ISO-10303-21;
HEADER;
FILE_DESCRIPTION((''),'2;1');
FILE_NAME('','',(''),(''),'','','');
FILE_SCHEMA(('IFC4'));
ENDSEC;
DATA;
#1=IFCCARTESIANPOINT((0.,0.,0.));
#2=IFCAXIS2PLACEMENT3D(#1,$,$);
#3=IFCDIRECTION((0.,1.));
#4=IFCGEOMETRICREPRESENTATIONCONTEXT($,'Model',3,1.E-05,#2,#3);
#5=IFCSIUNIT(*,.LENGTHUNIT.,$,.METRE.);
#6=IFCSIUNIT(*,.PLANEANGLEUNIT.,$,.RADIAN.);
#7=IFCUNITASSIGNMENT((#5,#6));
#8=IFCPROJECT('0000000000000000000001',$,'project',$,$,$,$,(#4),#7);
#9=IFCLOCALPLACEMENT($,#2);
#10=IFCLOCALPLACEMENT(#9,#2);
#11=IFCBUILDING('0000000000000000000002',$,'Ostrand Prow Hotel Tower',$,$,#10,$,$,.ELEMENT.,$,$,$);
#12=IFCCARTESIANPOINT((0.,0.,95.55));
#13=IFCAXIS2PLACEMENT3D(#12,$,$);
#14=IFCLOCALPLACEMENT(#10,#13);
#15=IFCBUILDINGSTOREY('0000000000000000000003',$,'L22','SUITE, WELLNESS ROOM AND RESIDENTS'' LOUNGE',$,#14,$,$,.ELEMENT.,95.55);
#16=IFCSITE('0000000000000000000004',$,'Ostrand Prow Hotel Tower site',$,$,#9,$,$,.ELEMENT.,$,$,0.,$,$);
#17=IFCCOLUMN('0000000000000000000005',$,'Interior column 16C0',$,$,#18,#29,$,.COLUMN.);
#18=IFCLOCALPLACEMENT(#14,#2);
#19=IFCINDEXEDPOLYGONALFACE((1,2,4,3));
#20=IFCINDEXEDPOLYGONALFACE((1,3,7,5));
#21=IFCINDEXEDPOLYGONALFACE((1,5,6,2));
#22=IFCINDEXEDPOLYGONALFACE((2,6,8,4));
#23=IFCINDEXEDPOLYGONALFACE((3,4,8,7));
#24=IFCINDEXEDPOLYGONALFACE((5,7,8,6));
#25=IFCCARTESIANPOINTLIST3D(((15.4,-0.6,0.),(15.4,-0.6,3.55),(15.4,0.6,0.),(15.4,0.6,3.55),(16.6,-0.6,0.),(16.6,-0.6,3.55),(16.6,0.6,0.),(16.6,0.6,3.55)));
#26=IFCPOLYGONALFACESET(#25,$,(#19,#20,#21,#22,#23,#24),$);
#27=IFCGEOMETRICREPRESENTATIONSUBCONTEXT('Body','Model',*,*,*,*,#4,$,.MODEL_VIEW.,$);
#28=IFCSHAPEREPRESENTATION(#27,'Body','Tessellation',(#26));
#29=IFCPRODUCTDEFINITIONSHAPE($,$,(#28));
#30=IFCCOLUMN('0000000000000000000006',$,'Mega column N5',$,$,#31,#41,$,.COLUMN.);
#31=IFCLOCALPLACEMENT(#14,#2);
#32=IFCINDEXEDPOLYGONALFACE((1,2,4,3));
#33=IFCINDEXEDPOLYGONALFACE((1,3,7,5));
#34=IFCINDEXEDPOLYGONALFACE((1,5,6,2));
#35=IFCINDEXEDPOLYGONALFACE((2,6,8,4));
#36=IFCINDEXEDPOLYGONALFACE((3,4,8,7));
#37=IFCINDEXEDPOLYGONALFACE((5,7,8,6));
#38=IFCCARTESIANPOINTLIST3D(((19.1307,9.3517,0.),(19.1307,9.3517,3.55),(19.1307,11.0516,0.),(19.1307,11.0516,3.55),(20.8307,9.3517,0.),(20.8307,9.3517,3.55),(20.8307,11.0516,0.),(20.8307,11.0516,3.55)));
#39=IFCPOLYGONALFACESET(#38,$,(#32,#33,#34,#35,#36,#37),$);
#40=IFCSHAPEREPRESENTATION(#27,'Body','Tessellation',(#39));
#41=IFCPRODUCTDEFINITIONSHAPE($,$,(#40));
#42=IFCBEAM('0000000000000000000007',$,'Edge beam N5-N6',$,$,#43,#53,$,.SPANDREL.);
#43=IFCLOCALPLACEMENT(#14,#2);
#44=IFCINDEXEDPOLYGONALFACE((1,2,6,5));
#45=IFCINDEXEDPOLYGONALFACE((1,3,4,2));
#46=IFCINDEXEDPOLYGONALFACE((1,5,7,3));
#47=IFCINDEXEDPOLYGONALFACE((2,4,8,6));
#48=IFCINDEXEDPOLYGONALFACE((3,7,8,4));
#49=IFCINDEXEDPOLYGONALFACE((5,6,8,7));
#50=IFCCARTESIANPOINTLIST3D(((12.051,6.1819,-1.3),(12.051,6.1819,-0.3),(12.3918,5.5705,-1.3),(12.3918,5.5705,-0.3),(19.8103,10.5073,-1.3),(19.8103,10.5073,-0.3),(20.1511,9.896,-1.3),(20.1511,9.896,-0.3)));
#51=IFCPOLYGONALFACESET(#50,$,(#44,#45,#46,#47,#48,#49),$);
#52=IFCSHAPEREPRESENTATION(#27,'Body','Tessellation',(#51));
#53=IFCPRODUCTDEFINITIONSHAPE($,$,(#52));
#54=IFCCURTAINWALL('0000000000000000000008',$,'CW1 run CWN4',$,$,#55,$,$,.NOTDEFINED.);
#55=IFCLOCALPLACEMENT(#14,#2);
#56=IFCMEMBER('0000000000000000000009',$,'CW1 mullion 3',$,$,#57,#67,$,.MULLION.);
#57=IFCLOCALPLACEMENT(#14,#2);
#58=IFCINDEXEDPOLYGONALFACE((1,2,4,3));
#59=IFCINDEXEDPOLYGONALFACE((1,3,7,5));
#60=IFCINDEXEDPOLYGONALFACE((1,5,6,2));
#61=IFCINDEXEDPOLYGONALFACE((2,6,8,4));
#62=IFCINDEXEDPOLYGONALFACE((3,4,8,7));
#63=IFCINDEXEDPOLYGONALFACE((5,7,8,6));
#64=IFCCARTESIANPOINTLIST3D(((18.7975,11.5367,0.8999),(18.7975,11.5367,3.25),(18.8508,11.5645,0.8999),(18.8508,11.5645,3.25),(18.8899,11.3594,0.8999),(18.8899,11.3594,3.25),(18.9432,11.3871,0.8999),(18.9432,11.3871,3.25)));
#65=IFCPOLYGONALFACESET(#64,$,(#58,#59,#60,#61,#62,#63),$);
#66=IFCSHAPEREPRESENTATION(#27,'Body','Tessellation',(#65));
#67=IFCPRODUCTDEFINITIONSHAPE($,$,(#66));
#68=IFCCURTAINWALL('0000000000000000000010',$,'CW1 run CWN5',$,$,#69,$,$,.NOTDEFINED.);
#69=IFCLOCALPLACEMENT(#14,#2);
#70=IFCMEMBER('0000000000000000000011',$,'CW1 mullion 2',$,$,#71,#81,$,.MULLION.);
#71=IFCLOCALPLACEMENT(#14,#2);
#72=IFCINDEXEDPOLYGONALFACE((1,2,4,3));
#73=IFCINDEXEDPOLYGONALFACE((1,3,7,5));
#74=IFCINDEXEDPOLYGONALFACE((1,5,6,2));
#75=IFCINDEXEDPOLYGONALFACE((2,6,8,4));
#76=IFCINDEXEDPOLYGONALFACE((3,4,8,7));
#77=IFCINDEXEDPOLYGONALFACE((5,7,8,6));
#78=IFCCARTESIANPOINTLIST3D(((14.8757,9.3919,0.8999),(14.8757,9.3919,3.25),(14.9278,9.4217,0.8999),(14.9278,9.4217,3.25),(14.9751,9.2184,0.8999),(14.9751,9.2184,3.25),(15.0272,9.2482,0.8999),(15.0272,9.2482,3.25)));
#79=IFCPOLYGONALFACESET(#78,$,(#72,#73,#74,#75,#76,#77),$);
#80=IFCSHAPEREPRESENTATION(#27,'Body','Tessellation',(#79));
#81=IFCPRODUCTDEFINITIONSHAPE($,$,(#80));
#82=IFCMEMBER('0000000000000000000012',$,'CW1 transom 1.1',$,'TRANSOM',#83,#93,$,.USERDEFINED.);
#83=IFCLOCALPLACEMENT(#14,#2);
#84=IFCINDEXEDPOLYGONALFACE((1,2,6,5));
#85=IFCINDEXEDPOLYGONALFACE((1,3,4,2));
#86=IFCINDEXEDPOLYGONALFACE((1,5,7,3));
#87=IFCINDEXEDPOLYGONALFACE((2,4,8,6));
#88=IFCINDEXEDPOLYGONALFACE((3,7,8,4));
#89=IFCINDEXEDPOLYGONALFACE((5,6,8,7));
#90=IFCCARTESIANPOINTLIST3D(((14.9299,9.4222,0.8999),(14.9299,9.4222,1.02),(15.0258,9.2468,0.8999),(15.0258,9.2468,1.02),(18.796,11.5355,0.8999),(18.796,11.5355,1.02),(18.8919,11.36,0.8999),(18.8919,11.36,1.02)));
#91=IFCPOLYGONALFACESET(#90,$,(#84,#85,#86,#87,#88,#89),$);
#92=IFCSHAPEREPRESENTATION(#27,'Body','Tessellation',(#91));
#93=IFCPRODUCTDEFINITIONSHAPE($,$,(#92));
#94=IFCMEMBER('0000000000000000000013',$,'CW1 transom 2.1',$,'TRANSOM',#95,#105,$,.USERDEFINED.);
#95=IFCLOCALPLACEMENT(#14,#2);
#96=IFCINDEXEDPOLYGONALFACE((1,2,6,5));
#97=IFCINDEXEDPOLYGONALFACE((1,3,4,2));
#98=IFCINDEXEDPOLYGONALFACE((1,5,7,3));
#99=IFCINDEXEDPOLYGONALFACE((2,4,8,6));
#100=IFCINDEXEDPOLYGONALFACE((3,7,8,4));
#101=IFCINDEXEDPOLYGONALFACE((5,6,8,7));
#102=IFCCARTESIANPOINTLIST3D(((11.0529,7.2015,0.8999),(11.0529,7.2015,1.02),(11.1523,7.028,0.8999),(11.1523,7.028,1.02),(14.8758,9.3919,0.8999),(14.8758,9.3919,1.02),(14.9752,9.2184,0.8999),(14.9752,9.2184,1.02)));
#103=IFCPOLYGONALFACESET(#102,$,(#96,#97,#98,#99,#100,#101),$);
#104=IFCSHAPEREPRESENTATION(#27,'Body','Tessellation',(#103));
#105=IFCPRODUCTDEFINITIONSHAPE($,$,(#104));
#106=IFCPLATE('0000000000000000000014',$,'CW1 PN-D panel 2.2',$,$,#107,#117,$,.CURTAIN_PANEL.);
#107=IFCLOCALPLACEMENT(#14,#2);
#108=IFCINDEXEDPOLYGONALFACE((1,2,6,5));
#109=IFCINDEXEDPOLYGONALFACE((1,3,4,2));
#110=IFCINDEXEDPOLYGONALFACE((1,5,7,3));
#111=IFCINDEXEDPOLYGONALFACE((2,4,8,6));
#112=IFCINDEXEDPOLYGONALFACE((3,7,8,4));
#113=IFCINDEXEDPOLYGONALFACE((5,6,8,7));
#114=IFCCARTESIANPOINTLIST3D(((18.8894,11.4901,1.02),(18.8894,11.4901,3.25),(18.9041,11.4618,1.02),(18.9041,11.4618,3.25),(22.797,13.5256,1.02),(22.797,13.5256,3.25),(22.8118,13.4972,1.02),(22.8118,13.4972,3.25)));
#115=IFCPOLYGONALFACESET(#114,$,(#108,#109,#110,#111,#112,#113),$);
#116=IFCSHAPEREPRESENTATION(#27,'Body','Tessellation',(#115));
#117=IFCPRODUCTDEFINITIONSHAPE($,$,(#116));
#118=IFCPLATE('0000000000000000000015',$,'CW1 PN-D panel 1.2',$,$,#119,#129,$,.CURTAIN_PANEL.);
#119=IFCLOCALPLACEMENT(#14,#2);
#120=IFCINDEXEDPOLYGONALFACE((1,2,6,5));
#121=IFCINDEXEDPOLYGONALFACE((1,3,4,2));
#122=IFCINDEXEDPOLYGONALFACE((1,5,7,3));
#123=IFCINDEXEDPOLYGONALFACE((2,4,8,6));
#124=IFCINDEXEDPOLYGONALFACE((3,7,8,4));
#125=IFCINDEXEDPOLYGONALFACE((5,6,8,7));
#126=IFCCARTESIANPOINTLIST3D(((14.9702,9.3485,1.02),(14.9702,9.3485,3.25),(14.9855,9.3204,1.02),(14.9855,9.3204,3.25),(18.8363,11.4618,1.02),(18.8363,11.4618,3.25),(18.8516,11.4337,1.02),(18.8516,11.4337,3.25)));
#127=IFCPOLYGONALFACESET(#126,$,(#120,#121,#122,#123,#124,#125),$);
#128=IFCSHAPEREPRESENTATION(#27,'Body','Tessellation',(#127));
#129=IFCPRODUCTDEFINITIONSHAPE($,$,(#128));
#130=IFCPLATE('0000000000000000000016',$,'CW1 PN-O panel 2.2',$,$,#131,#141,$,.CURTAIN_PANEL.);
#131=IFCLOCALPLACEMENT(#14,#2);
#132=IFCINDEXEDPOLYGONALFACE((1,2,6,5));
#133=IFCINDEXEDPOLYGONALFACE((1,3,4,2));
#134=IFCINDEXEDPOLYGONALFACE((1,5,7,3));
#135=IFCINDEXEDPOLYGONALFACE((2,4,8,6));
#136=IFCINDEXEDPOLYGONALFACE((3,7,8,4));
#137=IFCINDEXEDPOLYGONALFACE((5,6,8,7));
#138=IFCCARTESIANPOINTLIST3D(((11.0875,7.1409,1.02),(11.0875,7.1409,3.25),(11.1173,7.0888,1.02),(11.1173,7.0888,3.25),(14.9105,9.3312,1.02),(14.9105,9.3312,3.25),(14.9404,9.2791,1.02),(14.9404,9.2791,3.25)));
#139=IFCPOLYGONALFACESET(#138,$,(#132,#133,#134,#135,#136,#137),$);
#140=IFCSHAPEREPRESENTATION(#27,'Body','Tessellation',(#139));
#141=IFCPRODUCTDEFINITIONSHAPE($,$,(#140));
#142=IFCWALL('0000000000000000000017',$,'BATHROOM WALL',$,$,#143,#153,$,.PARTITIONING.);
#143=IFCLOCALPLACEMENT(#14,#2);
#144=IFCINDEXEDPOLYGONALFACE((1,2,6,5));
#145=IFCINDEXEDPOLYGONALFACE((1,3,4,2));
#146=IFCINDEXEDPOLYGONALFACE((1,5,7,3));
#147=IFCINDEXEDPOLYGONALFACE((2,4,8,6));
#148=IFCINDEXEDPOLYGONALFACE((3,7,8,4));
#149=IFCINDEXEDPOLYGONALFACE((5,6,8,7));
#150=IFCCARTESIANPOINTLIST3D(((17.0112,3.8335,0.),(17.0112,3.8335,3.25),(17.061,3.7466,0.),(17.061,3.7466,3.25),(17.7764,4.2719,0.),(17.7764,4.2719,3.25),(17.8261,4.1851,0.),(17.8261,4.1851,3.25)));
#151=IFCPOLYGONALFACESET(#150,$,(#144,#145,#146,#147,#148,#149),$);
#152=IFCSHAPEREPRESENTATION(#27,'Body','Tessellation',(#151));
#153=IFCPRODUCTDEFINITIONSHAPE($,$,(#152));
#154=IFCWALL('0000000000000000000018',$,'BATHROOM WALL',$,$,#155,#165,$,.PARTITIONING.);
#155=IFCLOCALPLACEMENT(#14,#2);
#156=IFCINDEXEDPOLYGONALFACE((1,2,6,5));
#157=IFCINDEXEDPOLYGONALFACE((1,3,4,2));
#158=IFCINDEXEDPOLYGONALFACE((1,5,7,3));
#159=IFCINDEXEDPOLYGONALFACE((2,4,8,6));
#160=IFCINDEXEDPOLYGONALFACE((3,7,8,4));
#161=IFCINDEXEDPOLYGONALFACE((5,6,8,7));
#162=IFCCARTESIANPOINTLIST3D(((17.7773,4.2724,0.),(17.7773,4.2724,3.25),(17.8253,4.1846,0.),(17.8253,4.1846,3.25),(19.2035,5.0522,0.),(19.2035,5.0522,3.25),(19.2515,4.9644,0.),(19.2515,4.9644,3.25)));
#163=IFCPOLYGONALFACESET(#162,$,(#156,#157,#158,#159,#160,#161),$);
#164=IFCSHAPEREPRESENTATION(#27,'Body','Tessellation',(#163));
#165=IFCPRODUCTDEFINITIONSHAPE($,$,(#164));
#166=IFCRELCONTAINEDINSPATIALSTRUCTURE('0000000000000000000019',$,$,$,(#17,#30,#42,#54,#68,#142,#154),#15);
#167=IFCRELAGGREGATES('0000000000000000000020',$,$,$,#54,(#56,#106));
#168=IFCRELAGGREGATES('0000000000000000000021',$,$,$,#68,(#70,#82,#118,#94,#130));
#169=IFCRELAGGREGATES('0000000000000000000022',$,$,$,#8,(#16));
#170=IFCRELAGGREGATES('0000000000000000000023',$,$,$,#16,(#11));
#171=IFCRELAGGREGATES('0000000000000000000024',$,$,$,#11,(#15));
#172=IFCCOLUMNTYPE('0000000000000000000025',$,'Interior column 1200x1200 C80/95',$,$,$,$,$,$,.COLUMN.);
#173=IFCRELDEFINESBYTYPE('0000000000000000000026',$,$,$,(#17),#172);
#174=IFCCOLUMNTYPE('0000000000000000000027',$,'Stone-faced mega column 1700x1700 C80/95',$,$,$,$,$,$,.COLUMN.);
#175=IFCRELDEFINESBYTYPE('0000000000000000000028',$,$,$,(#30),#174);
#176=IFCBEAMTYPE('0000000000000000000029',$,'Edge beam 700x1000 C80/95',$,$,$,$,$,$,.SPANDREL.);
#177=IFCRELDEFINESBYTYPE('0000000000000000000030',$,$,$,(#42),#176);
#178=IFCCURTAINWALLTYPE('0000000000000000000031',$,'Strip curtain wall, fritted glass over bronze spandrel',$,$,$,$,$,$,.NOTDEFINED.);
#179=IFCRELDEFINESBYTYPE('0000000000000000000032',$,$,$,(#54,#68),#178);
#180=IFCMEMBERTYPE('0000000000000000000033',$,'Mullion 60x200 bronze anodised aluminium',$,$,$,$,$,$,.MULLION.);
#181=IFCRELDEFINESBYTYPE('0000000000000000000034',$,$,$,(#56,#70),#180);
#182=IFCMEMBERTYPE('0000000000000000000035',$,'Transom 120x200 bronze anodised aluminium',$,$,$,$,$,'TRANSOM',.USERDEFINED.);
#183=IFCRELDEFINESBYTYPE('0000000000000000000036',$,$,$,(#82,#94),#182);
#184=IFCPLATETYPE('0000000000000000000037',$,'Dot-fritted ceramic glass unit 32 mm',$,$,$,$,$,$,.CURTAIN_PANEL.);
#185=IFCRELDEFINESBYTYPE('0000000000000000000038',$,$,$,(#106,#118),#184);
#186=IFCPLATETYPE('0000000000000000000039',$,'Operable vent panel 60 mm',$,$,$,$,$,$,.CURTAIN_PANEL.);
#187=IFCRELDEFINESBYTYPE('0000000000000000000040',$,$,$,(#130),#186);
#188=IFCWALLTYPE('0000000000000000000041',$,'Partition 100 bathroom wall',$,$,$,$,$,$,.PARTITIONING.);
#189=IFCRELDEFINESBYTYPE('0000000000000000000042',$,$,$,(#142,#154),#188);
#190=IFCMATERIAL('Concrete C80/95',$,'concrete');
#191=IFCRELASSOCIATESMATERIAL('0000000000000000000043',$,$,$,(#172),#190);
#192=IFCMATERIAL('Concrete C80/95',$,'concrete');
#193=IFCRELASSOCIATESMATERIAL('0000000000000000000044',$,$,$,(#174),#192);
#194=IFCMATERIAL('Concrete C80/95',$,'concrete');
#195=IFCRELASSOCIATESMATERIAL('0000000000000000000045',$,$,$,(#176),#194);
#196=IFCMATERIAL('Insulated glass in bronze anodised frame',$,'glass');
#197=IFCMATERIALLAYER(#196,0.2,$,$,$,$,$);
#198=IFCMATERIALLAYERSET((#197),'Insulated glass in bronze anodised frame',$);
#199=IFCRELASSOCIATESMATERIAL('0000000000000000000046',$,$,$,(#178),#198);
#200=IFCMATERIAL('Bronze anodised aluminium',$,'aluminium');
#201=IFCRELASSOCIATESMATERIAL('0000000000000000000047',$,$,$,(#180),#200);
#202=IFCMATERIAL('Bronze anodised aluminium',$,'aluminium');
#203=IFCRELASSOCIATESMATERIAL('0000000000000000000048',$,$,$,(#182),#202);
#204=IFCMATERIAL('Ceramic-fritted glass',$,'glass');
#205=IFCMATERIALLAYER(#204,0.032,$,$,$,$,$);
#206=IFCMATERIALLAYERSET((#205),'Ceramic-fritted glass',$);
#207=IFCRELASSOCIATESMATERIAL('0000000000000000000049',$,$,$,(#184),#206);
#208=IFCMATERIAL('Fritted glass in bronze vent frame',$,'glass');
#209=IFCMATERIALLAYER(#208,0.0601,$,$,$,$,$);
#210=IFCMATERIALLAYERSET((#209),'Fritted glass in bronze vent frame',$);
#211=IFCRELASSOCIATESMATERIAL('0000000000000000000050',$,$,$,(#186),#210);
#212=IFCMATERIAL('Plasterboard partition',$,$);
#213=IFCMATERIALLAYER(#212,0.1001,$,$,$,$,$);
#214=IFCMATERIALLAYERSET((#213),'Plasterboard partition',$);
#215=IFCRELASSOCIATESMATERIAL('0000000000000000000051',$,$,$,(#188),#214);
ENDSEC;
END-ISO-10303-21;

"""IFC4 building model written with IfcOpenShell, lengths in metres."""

from ifc_helpers import new_model, si_unit, direction, frame, frame_2d, origin, origin_2d, place, context, subcontext, project, spatial, rectangle, extrude, material, layer, layer_set, material_profile, profile_set, type_object, element, aggregate, save


model = new_model("IFC4")

# Units and contexts
model_context = context("Model", 3, precision=1e-05, world=origin(), true_north=direction((0.0, 1.0)))
body_context = subcontext(model_context, "Body", "Model", "MODEL_VIEW")
ifc_project = project(units=[si_unit("LENGTHUNIT", "METRE"), si_unit("PLANEANGLEUNIT", "RADIAN")], contexts=[model_context])

# Site, building, storey
site_placement = place(None, origin())
site = spatial("IfcSite", under=ifc_project, at=site_placement, Name="Ostrand Prow Hotel Tower site", CompositionType="ELEMENT", RefElevation=0.0)
building_placement = place(site_placement, origin())
building = spatial("IfcBuilding", under=site, at=building_placement, Name="Ostrand Prow Hotel Tower", CompositionType="ELEMENT")
storey_placement = place(building_placement, frame((0.0, 0.0, 95.55)))
storey = spatial("IfcBuildingStorey", under=building, at=storey_placement, Name="L22", Description="SUITE, WELLNESS ROOM AND RESIDENTS' LOUNGE", CompositionType="ELEMENT", Elevation=95.55)

# Columns
ifc_material_1 = material(Name="Concrete C80/95", Category="concrete")
ifc_material_profile_1 = material_profile(ifc_material_1, rectangle(XDim=1.2, YDim=1.2, at=origin_2d()), Name="RC 1200x1200")
ifc_profile_set_1 = profile_set([ifc_material_profile_1], Name="Concrete C80/95")
column_type_1 = type_object("IfcColumnType", Name="Interior column 1200x1200 C80/95", PredefinedType="COLUMN", material=ifc_profile_set_1)
column_1_placement = place(storey_placement, frame((16.0, 0.0, 0.0), z_axis=(0.0, 0.0, 1.0), x_axis=(1.0, 0.0, 0.0)))
element("IfcColumn", 1, at=column_1_placement, inside=storey, type_object=column_type_1, Name="Interior column 16C0", PredefinedType="COLUMN", context=body_context, shape_type="SweptSolid", body=[
    extrude(rectangle(XDim=1.2, YDim=1.2, at=origin_2d()), origin(), (0.0, 0.0, 1.0), 3.55),
])
ifc_material_2 = material(Name="Concrete C80/95", Category="concrete")
ifc_material_profile_2 = material_profile(ifc_material_2, rectangle(XDim=1.7, YDim=1.7, at=origin_2d()), Name="RC 1700x1700")
ifc_profile_set_2 = profile_set([ifc_material_profile_2], Name="Concrete C80/95")
column_type_2 = type_object("IfcColumnType", Name="Stone-faced mega column 1700x1700 C80/95", PredefinedType="COLUMN", material=ifc_profile_set_2)
column_2_placement = place(storey_placement, frame((19.9807, 10.2017, 0.0), z_axis=(0.0, 0.0, 1.0), x_axis=(1.0, 0.0, 0.0)))
element("IfcColumn", 2, at=column_2_placement, inside=storey, type_object=column_type_2, Name="Mega column N5", PredefinedType="COLUMN", context=body_context, shape_type="SweptSolid", body=[
    extrude(rectangle(XDim=1.7, YDim=1.7, at=origin_2d()), origin(), (0.0, 0.0, 1.0), 3.55),
])

# Beam
ifc_material_3 = material(Name="Concrete C80/95", Category="concrete")
ifc_material_profile_3 = material_profile(ifc_material_3, rectangle(XDim=0.7, YDim=1.0, at=origin_2d()), Name="RC 700x1000")
ifc_profile_set_3 = profile_set([ifc_material_profile_3], Name="Concrete C80/95")
beam_type = type_object("IfcBeamType", Name="Edge beam 700x1000 C80/95", PredefinedType="SPANDREL", material=ifc_profile_set_3)
beam_placement = place(storey_placement, frame((19.9807, 10.2017, -0.8), z_axis=(-0.873452, -0.486909, 0.0), x_axis=(0.486909, -0.873452, 0.0)))
element("IfcBeam", 3, at=beam_placement, inside=storey, type_object=beam_type, Name="Edge beam N5-N6", PredefinedType="SPANDREL", context=body_context, shape_type="SweptSolid", body=[
    extrude(rectangle(XDim=0.7, YDim=1.0, at=origin_2d()), origin(), (0.0, 0.0, 1.0), 8.8835),
])

# Curtain wall, member
ifc_material_4 = material(Name="Insulated glass in bronze anodised frame", Category="glass")
ifc_layer_1 = layer(ifc_material_4, 0.2)
ifc_layer_set_1 = layer_set([ifc_layer_1], Name="Insulated glass in bronze anodised frame")
curtain_wall_type = type_object("IfcCurtainWallType", Name="Strip curtain wall, fritted glass over bronze spandrel", PredefinedType="NOTDEFINED", material=ifc_layer_set_1)
curtain_wall_1_placement = place(storey_placement, origin())
curtain_wall_1 = element("IfcCurtainWall", 4, at=curtain_wall_1_placement, inside=storey, type_object=curtain_wall_type, Name="CW1 run CWN4", PredefinedType="NOTDEFINED")
ifc_material_5 = material(Name="Bronze anodised aluminium", Category="aluminium")
ifc_material_profile_4 = material_profile(ifc_material_5, rectangle(XDim=0.2, YDim=0.0601, at=origin_2d()), Name="Mullion 60x200 bronze anodised aluminium")
ifc_profile_set_4 = profile_set([ifc_material_profile_4], Name="Bronze anodised aluminium")
member_type_1 = type_object("IfcMemberType", Name="Mullion 60x200 bronze anodised aluminium", PredefinedType="MULLION", material=ifc_profile_set_4)
member_1_placement = place(storey_placement, frame((18.8704, 11.4619, 0.8999), z_axis=(0.0, 0.0, 1.0), x_axis=(0.461968, -0.886896, 0.0)))
member_1 = element("IfcMember", 5, at=member_1_placement, type_object=member_type_1, Name="CW1 mullion 3", PredefinedType="MULLION", context=body_context, shape_type="SweptSolid", body=[
    extrude(rectangle(XDim=0.2, YDim=0.0601, at=origin_2d()), origin(), (0.0, 0.0, 1.0), 2.3501),
])

# Curtain wall, members
curtain_wall_2_placement = place(storey_placement, origin())
curtain_wall_2 = element("IfcCurtainWall", 6, at=curtain_wall_2_placement, inside=storey, type_object=curtain_wall_type, Name="CW1 run CWN5", PredefinedType="NOTDEFINED")
member_2_placement = place(storey_placement, frame((14.9514, 9.3201, 0.8999), z_axis=(0.0, 0.0, 1.0), x_axis=(0.497115, -0.867685, 0.0)))
member_2 = element("IfcMember", 7, at=member_2_placement, type_object=member_type_1, Name="CW1 mullion 2", PredefinedType="MULLION", context=body_context, shape_type="SweptSolid", body=[
    extrude(rectangle(XDim=0.2, YDim=0.0601, at=origin_2d()), origin(), (0.0, 0.0, 1.0), 2.3501),
])
ifc_material_6 = material(Name="Bronze anodised aluminium", Category="aluminium")
ifc_material_profile_5 = material_profile(ifc_material_6, rectangle(XDim=0.2, YDim=0.1201, at=origin_2d()), Name="Transom 120x200 bronze anodised aluminium")
ifc_profile_set_5 = profile_set([ifc_material_profile_5], Name="Bronze anodised aluminium")
member_type_2 = type_object("IfcMemberType", Name="Transom 120x200 bronze anodised aluminium", ElementType="TRANSOM", PredefinedType="USERDEFINED", material=ifc_profile_set_5)
member_3_placement = place(storey_placement, frame((18.844, 11.4478, 0.96), z_axis=(-0.877472, -0.479628, 0.0), x_axis=(0.479628, -0.877472, 0.0)))
member_3 = element("IfcMember", 8, at=member_3_placement, type_object=member_type_2, Name="CW1 transom 1.1", ObjectType="TRANSOM", PredefinedType="USERDEFINED", context=body_context, shape_type="SweptSolid", body=[
    extrude(rectangle(XDim=0.2, YDim=0.1201, at=origin_2d()), origin(), (0.0, 0.0, 1.0), 4.406),
])
member_4_placement = place(storey_placement, frame((14.9255, 9.3052, 0.96), z_axis=(-0.86767, -0.497141, 0.0), x_axis=(0.497141, -0.86767, 0.0)))
member_4 = element("IfcMember", 9, at=member_4_placement, type_object=member_type_2, Name="CW1 transom 2.1", ObjectType="TRANSOM", PredefinedType="USERDEFINED", context=body_context, shape_type="SweptSolid", body=[
    extrude(rectangle(XDim=0.2, YDim=0.1201, at=origin_2d()), origin(), (0.0, 0.0, 1.0), 4.406),
])

# Plates
ifc_material_7 = material(Name="Ceramic-fritted glass", Category="glass")
ifc_layer_2 = layer(ifc_material_7, 0.032)
ifc_layer_set_2 = layer_set([ifc_layer_2], Name="Ceramic-fritted glass")
plate_type_1 = type_object("IfcPlateType", Name="Dot-fritted ceramic glass unit 32 mm", PredefinedType="CURTAIN_PANEL", material=ifc_layer_set_2)
plate_1_placement = place(storey_placement, frame((20.8506, 12.4937, 1.02), z_axis=(0.0, 0.0, 1.0), x_axis=(-0.886896, -0.461968, 0.0)))
plate_1 = element("IfcPlate", 10, at=plate_1_placement, type_object=plate_type_1, Name="CW1 PN-D panel 2.2", PredefinedType="CURTAIN_PANEL", context=body_context, shape_type="SweptSolid", body=[
    extrude(rectangle(XDim=4.406, YDim=0.032, at=origin_2d()), origin(), (0.0, 0.0, 1.0), 2.23),
])
aggregate(curtain_wall_1, [member_1, plate_1])
plate_2_placement = place(storey_placement, frame((16.9109, 10.3911, 1.02), z_axis=(0.0, 0.0, 1.0), x_axis=(-0.877467, -0.479637, 0.0)))
plate_2 = element("IfcPlate", 11, at=plate_2_placement, type_object=plate_type_1, Name="CW1 PN-D panel 1.2", PredefinedType="CURTAIN_PANEL", context=body_context, shape_type="SweptSolid", body=[
    extrude(rectangle(XDim=4.406, YDim=0.032, at=origin_2d()), origin(), (0.0, 0.0, 1.0), 2.23),
])
ifc_material_8 = material(Name="Fritted glass in bronze vent frame", Category="glass")
ifc_layer_3 = layer(ifc_material_8, 0.0601)
ifc_layer_set_3 = layer_set([ifc_layer_3], Name="Fritted glass in bronze vent frame")
plate_type_2 = type_object("IfcPlateType", Name="Operable vent panel 60 mm", PredefinedType="CURTAIN_PANEL", material=ifc_layer_set_3)
plate_3_placement = place(storey_placement, frame((13.0139, 8.21, 1.02), z_axis=(0.0, 0.0, 1.0), x_axis=(-0.867685, -0.497115, 0.0)))
plate_3 = element("IfcPlate", 12, at=plate_3_placement, type_object=plate_type_2, Name="CW1 PN-O panel 2.2", PredefinedType="CURTAIN_PANEL", context=body_context, shape_type="SweptSolid", body=[
    extrude(rectangle(XDim=4.406, YDim=0.0601, at=origin_2d()), origin(), (0.0, 0.0, 1.0), 2.23),
])
aggregate(curtain_wall_2, [member_2, member_3, plate_2, member_4, plate_3])

# Walls
ifc_material_9 = material(Name="Plasterboard partition")
ifc_layer_4 = layer(ifc_material_9, 0.1001)
ifc_layer_set_4 = layer_set([ifc_layer_4], Name="Plasterboard partition")
wall_type_1 = type_object("IfcWallType", Name="Partition 100 bathroom wall", PredefinedType="PARTITIONING", material=ifc_layer_set_4)
wall_1_placement = place(storey_placement, frame((17.0361, 3.79, 0.0), z_axis=(0.0, 0.0, 1.0), x_axis=(0.867629, 0.497212, 0.0)))
element("IfcWall", 13, at=wall_1_placement, inside=storey, type_object=wall_type_1, Name="BATHROOM WALL", PredefinedType="PARTITIONING", context=body_context, shape_type="SweptSolid", body=[
    extrude(rectangle(XDim=0.8818, YDim=0.1001, at=frame_2d((0.4409, 0.0))), origin(), (0.0, 0.0, 1.0), 3.25),
])
wall_2_placement = place(storey_placement, frame((17.8013, 4.2285, 0.0), z_axis=(0.0, 0.0, 1.0), x_axis=(0.877424, 0.479715, 0.0)))
element("IfcWall", 14, at=wall_2_placement, inside=storey, type_object=wall_type_1, Name="BATHROOM WALL", PredefinedType="PARTITIONING", context=body_context, shape_type="SweptSolid", body=[
    extrude(rectangle(XDim=1.6255, YDim=0.1001, at=frame_2d((0.8127, 0.0))), origin(), (0.0, 0.0, 1.0), 3.25),
])

save(model, "model.ifc")
